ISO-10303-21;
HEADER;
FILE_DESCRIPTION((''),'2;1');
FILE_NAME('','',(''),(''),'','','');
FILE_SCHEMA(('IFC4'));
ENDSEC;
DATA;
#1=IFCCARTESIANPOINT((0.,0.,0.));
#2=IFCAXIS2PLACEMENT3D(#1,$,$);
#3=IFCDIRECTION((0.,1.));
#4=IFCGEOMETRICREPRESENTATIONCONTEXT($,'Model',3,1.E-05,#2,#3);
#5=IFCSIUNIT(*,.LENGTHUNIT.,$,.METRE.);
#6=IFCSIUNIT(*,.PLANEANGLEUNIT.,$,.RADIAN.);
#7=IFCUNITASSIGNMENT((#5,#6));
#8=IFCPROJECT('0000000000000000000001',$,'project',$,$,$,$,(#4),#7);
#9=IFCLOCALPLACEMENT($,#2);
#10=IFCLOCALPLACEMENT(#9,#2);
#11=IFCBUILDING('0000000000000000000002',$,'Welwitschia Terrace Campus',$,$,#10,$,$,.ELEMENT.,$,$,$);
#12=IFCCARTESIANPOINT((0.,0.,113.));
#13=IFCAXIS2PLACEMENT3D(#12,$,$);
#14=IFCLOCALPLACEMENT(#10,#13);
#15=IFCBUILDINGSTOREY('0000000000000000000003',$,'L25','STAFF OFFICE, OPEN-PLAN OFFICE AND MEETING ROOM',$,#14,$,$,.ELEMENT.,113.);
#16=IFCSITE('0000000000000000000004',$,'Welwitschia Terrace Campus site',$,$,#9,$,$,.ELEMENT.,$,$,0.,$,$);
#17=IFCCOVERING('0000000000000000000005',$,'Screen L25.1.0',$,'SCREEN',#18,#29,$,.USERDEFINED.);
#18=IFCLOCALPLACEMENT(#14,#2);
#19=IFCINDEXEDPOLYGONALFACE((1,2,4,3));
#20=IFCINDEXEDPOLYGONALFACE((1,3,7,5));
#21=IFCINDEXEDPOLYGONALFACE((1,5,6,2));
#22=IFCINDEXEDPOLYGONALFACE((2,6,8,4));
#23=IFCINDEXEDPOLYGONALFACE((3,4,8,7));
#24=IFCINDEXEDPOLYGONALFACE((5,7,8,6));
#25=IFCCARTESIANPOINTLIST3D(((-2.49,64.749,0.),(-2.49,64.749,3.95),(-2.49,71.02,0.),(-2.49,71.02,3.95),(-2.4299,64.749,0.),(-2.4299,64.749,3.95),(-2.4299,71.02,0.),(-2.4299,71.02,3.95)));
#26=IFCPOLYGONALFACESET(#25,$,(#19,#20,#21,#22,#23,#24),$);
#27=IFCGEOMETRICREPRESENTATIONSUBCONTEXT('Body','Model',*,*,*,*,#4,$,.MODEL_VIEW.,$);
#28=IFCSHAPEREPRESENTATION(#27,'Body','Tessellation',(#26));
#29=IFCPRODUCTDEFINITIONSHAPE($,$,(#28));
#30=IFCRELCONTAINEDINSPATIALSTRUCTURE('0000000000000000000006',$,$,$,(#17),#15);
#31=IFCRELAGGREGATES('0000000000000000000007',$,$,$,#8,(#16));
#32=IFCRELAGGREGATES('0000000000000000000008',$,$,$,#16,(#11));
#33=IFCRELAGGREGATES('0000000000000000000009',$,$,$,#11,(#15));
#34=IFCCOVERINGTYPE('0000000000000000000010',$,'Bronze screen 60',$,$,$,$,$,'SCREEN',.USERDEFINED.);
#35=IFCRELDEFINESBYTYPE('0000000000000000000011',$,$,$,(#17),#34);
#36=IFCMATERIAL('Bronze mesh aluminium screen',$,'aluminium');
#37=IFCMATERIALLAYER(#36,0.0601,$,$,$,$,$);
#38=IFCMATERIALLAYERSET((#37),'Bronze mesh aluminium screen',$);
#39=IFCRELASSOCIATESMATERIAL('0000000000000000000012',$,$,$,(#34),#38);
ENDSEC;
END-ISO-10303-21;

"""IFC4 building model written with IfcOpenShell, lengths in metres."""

from ifc_helpers import new_model, si_unit, direction, frame, origin, origin_2d, place, context, subcontext, project, spatial, rectangle, extrude, material, layer, layer_set, type_object, element, save


model = new_model("IFC4")

# Units and contexts
model_context = context("Model", 3, precision=1e-05, world=origin(), true_north=direction((0.0, 1.0)))
body_context = subcontext(model_context, "Body", "Model", "MODEL_VIEW")
ifc_project = project(units=[si_unit("LENGTHUNIT", "METRE"), si_unit("PLANEANGLEUNIT", "RADIAN")], contexts=[model_context])

# Site, building, storey
site_placement = place(None, origin())
site = spatial("IfcSite", under=ifc_project, at=site_placement, Name="Welwitschia Terrace Campus site", CompositionType="ELEMENT", RefElevation=0.0)
building_placement = place(site_placement, origin())
building = spatial("IfcBuilding", under=site, at=building_placement, Name="Welwitschia Terrace Campus", CompositionType="ELEMENT")
storey_placement = place(building_placement, frame((0.0, 0.0, 113.0)))
storey = spatial("IfcBuildingStorey", under=building, at=storey_placement, Name="L25", Description="STAFF OFFICE, OPEN-PLAN OFFICE AND MEETING ROOM", CompositionType="ELEMENT", Elevation=113.0)

# Covering
ifc_material_1 = material(Name="Bronze mesh aluminium screen", Category="aluminium")
ifc_layer_1 = layer(ifc_material_1, 0.0601)
ifc_layer_set_1 = layer_set([ifc_layer_1], Name="Bronze mesh aluminium screen")
covering_type = type_object("IfcCoveringType", Name="Bronze screen 60", ElementType="SCREEN", PredefinedType="USERDEFINED", material=ifc_layer_set_1)
covering_placement = place(storey_placement, frame((-2.46, 67.8845, 0.0), z_axis=(0.0, 0.0, 1.0), x_axis=(0.0, -1.0, 0.0)))
element("IfcCovering", 1, at=covering_placement, inside=storey, type_object=covering_type, Name="Screen L25.1.0", ObjectType="SCREEN", PredefinedType="USERDEFINED", context=body_context, shape_type="SweptSolid", body=[
    extrude(rectangle(XDim=6.271, YDim=0.0601, at=origin_2d()), origin(), (0.0, 0.0, 1.0), 3.95),
])

save(model, "model.ifc")
